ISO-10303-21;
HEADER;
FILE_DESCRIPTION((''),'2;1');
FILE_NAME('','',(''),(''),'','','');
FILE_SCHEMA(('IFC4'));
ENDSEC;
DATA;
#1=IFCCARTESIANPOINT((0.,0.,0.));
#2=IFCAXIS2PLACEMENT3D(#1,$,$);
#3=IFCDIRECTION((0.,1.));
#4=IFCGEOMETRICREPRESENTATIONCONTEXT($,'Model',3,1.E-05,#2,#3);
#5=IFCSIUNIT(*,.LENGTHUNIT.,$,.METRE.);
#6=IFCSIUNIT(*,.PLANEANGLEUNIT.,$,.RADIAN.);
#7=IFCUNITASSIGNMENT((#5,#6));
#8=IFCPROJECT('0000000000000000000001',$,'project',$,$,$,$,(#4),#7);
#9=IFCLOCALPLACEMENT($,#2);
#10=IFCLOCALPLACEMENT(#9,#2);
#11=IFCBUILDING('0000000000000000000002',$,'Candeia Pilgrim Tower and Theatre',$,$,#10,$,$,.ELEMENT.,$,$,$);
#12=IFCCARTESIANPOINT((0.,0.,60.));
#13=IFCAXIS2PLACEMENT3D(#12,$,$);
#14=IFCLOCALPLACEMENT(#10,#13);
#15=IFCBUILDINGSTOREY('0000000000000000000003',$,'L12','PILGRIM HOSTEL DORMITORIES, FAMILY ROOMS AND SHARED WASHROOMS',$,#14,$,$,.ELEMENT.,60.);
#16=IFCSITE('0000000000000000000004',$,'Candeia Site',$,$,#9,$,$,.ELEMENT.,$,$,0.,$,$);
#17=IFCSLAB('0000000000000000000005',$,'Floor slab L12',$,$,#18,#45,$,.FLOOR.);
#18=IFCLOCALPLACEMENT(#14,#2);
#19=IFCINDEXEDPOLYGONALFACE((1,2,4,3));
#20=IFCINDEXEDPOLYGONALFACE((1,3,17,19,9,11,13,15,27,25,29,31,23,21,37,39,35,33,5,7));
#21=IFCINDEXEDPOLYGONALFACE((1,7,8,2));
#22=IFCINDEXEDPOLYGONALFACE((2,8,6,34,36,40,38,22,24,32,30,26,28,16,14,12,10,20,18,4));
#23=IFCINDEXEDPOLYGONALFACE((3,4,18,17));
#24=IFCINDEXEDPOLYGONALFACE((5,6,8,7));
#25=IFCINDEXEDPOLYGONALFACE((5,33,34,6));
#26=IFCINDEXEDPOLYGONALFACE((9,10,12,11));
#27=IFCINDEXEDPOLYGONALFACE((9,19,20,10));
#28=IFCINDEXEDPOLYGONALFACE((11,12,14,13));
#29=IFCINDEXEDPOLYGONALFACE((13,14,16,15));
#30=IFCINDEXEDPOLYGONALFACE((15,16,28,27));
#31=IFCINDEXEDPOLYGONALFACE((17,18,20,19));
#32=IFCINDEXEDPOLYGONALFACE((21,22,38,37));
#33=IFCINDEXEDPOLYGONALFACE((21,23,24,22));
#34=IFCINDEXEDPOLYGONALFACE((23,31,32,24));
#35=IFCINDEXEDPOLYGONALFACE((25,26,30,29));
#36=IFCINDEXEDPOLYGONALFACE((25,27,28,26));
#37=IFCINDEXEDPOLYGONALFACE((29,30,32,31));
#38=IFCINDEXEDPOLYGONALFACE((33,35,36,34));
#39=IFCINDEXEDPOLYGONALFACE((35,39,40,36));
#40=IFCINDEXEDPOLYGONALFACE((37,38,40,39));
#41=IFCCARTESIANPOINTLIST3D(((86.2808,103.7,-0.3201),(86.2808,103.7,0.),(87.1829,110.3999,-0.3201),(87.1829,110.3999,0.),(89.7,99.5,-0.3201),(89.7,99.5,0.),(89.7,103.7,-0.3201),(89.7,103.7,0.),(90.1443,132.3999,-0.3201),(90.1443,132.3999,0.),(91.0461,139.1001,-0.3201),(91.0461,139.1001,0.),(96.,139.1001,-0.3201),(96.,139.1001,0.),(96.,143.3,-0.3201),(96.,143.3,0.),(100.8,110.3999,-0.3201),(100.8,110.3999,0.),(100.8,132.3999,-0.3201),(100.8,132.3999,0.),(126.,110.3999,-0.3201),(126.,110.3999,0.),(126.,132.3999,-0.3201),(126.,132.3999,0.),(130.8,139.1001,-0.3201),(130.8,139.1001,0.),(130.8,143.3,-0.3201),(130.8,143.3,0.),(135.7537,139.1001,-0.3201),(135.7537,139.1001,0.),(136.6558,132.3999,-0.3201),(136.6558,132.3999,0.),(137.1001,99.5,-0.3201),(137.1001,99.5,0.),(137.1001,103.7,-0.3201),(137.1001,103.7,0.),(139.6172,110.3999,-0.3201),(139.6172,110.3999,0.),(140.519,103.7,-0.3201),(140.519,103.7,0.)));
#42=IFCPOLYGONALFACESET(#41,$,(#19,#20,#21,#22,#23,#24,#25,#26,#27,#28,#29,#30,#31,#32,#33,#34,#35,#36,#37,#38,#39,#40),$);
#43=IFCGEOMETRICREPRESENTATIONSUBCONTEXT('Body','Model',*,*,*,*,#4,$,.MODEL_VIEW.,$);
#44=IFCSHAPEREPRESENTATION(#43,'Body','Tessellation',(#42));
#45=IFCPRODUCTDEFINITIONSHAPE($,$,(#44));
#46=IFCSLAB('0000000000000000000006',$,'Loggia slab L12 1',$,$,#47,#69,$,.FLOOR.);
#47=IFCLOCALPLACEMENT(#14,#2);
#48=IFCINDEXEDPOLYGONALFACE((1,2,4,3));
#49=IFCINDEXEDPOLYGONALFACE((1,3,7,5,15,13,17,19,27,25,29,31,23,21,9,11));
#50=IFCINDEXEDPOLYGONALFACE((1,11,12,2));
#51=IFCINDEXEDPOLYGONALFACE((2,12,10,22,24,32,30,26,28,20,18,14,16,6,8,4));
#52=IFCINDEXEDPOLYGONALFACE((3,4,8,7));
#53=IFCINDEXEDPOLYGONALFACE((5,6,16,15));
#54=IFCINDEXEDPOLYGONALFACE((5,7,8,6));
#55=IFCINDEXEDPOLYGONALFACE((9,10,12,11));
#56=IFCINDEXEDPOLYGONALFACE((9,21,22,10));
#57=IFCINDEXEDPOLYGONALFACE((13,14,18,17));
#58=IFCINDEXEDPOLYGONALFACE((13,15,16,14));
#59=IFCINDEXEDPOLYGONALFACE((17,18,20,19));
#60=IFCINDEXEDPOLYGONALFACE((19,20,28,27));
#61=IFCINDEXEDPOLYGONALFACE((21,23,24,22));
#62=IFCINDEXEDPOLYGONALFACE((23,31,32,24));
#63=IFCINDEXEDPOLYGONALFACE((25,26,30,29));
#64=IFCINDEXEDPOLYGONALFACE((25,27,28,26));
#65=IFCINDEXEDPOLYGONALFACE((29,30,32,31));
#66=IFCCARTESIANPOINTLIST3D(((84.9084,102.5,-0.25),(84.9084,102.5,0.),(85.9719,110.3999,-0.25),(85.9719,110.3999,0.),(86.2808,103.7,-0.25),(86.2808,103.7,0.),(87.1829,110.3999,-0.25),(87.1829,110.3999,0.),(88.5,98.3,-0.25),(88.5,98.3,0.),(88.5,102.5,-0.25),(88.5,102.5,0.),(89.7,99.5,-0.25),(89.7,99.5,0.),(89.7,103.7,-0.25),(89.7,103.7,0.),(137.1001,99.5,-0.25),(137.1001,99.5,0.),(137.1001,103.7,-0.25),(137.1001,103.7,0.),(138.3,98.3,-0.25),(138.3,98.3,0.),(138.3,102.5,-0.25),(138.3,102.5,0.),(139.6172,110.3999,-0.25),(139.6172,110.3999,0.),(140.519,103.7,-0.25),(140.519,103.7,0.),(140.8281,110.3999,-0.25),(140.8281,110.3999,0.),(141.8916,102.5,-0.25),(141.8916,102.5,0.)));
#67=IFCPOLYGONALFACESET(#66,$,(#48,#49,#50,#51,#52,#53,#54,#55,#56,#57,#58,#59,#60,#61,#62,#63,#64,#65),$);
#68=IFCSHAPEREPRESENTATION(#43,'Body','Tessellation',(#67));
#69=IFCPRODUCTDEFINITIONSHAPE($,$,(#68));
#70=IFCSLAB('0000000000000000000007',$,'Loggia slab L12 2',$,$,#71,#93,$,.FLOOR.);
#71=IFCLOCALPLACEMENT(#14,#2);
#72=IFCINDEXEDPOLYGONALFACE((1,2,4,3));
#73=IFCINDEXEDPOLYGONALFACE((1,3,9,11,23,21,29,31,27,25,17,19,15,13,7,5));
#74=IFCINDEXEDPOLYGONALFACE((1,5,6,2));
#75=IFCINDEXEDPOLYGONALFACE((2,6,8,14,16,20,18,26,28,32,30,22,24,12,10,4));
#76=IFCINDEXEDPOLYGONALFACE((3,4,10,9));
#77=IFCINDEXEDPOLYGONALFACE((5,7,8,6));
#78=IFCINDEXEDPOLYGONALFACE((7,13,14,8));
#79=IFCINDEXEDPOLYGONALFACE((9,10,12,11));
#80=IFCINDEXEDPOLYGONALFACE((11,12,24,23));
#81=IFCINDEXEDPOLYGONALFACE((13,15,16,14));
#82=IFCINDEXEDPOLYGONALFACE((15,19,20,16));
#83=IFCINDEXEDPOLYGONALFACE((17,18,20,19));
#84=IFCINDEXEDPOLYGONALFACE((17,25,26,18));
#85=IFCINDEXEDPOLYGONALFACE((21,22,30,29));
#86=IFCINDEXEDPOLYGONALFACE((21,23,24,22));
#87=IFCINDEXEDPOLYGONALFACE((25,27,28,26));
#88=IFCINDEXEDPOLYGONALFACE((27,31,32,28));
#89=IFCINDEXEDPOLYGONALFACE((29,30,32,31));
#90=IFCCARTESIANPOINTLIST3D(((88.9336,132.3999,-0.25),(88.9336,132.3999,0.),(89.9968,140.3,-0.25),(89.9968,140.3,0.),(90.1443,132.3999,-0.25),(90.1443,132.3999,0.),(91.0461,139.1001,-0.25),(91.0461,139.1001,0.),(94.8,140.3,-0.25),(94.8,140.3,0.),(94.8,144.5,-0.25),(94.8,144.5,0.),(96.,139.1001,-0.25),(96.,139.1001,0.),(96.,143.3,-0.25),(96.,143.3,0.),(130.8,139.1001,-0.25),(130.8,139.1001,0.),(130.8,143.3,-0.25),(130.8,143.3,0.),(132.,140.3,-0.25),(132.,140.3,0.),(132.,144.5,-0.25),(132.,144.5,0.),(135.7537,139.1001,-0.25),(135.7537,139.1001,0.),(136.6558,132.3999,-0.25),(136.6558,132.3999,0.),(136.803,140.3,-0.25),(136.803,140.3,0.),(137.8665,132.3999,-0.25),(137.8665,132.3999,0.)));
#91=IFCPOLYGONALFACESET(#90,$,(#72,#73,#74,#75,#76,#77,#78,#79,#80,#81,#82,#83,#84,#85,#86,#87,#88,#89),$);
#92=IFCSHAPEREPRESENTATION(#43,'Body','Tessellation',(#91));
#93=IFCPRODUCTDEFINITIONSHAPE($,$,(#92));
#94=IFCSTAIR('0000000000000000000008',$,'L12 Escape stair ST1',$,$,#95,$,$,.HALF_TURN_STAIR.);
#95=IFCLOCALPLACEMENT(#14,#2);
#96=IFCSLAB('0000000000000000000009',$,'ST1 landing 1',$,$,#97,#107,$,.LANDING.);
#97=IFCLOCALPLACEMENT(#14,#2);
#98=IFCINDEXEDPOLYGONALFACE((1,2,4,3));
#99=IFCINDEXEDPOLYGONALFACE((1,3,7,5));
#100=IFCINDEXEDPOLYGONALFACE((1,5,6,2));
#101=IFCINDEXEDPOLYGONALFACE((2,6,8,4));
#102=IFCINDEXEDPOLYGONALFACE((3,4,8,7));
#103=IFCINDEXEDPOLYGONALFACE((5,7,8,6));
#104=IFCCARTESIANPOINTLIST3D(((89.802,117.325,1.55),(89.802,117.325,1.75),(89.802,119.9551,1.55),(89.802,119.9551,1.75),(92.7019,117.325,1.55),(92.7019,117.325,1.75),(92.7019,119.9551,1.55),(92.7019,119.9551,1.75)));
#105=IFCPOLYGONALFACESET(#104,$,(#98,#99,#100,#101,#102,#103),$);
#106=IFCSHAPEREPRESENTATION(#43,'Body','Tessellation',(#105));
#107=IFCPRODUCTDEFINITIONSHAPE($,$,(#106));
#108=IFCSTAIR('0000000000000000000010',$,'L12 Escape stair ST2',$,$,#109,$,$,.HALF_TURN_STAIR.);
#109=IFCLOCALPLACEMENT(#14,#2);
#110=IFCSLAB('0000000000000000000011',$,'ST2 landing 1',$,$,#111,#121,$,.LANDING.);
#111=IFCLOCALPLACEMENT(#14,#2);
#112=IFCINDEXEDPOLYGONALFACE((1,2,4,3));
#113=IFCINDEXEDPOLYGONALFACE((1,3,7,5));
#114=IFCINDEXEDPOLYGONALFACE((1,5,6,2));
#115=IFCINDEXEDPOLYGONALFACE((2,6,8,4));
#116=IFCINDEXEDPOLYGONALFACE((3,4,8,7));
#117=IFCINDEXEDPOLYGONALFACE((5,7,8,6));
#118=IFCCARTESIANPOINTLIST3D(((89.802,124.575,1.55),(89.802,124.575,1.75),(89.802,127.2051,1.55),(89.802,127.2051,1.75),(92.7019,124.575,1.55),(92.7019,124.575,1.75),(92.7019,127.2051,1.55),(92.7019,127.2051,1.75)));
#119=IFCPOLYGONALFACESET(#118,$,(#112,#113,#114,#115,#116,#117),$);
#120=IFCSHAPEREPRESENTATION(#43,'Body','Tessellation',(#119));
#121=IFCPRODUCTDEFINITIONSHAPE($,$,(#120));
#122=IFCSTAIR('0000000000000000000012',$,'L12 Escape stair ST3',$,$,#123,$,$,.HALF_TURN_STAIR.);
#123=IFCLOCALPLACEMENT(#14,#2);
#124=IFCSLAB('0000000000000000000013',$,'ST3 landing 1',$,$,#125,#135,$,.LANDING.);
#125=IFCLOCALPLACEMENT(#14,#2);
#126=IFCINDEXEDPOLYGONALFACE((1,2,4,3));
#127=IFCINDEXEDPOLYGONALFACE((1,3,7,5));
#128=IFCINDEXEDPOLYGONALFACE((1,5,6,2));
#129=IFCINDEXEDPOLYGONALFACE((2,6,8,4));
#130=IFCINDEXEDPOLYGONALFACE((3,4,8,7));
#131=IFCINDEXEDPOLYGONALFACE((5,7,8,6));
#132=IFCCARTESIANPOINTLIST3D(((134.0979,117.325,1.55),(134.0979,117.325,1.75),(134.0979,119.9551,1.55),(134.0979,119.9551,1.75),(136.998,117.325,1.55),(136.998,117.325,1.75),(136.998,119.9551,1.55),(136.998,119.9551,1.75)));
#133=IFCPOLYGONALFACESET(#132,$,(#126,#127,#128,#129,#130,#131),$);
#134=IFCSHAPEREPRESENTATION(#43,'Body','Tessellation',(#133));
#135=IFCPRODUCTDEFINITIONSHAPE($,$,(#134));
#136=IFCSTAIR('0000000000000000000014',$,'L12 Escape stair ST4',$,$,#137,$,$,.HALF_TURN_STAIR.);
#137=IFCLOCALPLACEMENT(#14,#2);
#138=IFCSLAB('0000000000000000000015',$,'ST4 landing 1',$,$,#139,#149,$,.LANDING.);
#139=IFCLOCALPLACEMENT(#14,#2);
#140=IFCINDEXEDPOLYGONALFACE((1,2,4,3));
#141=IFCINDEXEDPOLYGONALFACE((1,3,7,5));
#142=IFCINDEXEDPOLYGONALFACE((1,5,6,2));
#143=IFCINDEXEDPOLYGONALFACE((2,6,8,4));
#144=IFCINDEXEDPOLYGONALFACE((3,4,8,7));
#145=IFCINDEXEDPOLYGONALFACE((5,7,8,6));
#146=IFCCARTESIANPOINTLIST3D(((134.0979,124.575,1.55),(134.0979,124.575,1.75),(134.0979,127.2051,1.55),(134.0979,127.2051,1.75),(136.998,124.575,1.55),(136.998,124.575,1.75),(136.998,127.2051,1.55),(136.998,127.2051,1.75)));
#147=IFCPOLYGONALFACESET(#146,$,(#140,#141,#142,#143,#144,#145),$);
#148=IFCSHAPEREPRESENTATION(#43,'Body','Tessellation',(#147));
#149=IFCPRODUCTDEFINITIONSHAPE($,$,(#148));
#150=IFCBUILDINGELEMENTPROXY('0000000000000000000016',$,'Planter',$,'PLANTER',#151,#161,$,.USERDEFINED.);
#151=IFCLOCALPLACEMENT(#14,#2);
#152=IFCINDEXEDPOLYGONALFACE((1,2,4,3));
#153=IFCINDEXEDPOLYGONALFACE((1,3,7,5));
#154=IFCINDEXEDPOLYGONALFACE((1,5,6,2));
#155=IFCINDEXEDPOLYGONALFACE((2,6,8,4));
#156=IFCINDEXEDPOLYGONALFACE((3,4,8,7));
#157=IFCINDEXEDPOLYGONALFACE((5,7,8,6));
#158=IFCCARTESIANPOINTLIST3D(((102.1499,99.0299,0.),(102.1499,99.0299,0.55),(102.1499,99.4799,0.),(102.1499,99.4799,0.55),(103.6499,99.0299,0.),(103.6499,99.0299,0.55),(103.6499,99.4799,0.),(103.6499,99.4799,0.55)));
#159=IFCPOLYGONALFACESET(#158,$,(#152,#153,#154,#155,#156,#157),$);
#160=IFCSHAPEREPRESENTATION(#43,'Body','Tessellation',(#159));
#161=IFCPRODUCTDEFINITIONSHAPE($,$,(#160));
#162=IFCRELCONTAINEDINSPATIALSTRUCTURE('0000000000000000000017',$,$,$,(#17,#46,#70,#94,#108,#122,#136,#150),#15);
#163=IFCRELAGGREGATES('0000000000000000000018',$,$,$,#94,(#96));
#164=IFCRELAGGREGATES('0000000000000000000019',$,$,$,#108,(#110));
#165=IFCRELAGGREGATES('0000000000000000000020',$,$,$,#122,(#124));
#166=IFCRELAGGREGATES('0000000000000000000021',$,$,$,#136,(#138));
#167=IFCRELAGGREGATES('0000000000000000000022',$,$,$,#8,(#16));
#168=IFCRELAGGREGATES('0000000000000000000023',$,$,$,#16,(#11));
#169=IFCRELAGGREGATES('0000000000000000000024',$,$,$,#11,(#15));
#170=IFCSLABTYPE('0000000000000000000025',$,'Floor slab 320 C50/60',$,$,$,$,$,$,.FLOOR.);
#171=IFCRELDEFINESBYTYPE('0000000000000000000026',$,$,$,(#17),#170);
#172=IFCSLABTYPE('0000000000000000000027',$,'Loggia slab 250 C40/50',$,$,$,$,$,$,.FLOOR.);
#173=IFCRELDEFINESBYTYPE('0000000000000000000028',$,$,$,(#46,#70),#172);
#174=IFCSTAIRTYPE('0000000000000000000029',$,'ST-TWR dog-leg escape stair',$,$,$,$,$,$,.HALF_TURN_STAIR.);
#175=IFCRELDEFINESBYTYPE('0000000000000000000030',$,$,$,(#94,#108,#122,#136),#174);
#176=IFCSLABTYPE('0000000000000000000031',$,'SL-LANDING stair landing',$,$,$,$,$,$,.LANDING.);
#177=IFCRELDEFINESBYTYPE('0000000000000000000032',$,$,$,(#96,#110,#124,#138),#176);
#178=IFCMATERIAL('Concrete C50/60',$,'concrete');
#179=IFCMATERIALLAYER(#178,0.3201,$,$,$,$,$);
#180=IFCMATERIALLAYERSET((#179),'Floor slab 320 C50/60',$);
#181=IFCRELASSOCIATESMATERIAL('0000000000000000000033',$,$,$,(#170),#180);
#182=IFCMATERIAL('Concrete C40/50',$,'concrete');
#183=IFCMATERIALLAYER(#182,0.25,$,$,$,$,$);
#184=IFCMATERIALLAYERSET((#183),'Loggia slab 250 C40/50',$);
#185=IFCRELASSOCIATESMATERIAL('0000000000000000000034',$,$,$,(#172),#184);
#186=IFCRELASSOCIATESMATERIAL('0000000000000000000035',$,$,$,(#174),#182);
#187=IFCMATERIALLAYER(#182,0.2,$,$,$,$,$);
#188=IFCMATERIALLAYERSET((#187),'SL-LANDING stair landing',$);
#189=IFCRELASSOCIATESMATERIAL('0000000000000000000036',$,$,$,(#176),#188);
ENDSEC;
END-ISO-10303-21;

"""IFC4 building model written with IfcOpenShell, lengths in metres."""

from ifc_helpers import new_model, si_unit, direction, frame, origin, origin_2d, place, context, subcontext, project, spatial, polyline, rectangle, outline, extrude, material, layer, layer_set, type_object, element, aggregate, save


model = new_model("IFC4")

# Units and contexts
model_context = context("Model", 3, precision=1e-05, world=origin(), true_north=direction((0.0, 1.0)))
body_context = subcontext(model_context, "Body", "Model", "MODEL_VIEW")
ifc_project = project(units=[si_unit("LENGTHUNIT", "METRE"), si_unit("PLANEANGLEUNIT", "RADIAN")], contexts=[model_context])

# Site, building, storey
site_placement = place(None, origin())
site = spatial("IfcSite", under=ifc_project, at=site_placement, Name="Candeia Site", CompositionType="ELEMENT", RefElevation=0.0)
building_placement = place(site_placement, origin())
building = spatial("IfcBuilding", under=site, at=building_placement, Name="Candeia Pilgrim Tower and Theatre", CompositionType="ELEMENT")
storey_placement = place(building_placement, frame((0.0, 0.0, 60.0)))
storey = spatial("IfcBuildingStorey", under=building, at=storey_placement, Name="L12", Description="PILGRIM HOSTEL DORMITORIES, FAMILY ROOMS AND SHARED WASHROOMS", CompositionType="ELEMENT", Elevation=60.0)

# Slabs
ifc_material_1 = material(Name="Concrete C40/50", Category="concrete")
ifc_material_2 = material(Name="Concrete C50/60", Category="concrete")
ifc_layer_1 = layer(ifc_material_2, 0.3201)
ifc_layer_set_1 = layer_set([ifc_layer_1], Name="Floor slab 320 C50/60")
slab_type_1 = type_object("IfcSlabType", Name="Floor slab 320 C50/60", PredefinedType="FLOOR", material=ifc_layer_set_1)
slab_1_placement = place(storey_placement, frame((0.0, 0.0, -0.3201)))
element("IfcSlab", 1, at=slab_1_placement, inside=storey, type_object=slab_type_1, Name="Floor slab L12", PredefinedType="FLOOR", context=body_context, shape_type="SweptSolid", body=[
    extrude(outline(polyline([(96.0, 139.1001), (96.0, 143.3), (130.8, 143.3), (130.8, 139.1001), (135.7537, 139.1001), (136.6558, 132.3999), (126.0, 132.3999), (126.0, 110.3999), (139.6172, 110.3999), (140.519, 103.7), (137.1001, 103.7), (137.1001, 99.5), (89.7, 99.5), (89.7, 103.7), (86.2808, 103.7), (87.1829, 110.3999), (100.8, 110.3999), (100.8, 132.3999), (90.1443, 132.3999), (91.0461, 139.1001), (96.0, 139.1001)])), origin(), (0.0, 0.0, 1.0), 0.3201),
])
ifc_layer_2 = layer(ifc_material_1, 0.25)
ifc_layer_set_2 = layer_set([ifc_layer_2], Name="Loggia slab 250 C40/50")
slab_type_2 = type_object("IfcSlabType", Name="Loggia slab 250 C40/50", PredefinedType="FLOOR", material=ifc_layer_set_2)
slab_2_placement = place(storey_placement, frame((0.0, 0.0, -0.25)))
element("IfcSlab", 2, at=slab_2_placement, inside=storey, type_object=slab_type_2, Name="Loggia slab L12 1", PredefinedType="FLOOR", context=body_context, shape_type="SweptSolid", body=[
    extrude(outline(polyline([(87.1829, 110.3999), (86.2808, 103.7), (89.7, 103.7), (89.7, 99.5), (137.1001, 99.5), (137.1001, 103.7), (140.519, 103.7), (139.6172, 110.3999), (140.8281, 110.3999), (141.8916, 102.5), (138.3, 102.5), (138.3, 98.3), (88.5, 98.3), (88.5, 102.5), (84.9084, 102.5), (85.9719, 110.3999), (87.1829, 110.3999)])), origin(), (0.0, 0.0, 1.0), 0.25),
])
slab_3_placement = place(storey_placement, frame((0.0, 0.0, -0.25)))
element("IfcSlab", 3, at=slab_3_placement, inside=storey, type_object=slab_type_2, Name="Loggia slab L12 2", PredefinedType="FLOOR", context=body_context, shape_type="SweptSolid", body=[
    extrude(outline(polyline([(136.6558, 132.3999), (135.7537, 139.1001), (130.8, 139.1001), (130.8, 143.3), (96.0, 143.3), (96.0, 139.1001), (91.0461, 139.1001), (90.1443, 132.3999), (88.9336, 132.3999), (89.9968, 140.3), (94.8, 140.3), (94.8, 144.5), (132.0, 144.5), (132.0, 140.3), (136.803, 140.3), (137.8665, 132.3999), (136.6558, 132.3999)])), origin(), (0.0, 0.0, 1.0), 0.25),
])

# Stairs, slabs
stair_type = type_object("IfcStairType", Name="ST-TWR dog-leg escape stair", PredefinedType="HALF_TURN_STAIR", material=ifc_material_1)
stair_1_placement = place(storey_placement, origin())
stair_1 = element("IfcStair", 4, at=stair_1_placement, inside=storey, type_object=stair_type, Name="L12 Escape stair ST1", PredefinedType="HALF_TURN_STAIR")
ifc_layer_3 = layer(ifc_material_1, 0.2)
ifc_layer_set_3 = layer_set([ifc_layer_3], Name="SL-LANDING stair landing")
slab_type_3 = type_object("IfcSlabType", Name="SL-LANDING stair landing", PredefinedType="LANDING", material=ifc_layer_set_3)
slab_4_placement = place(storey_placement, frame((0.0, 0.0, 1.55)))
slab_4 = element("IfcSlab", 5, at=slab_4_placement, type_object=slab_type_3, Name="ST1 landing 1", PredefinedType="LANDING", context=body_context, shape_type="SweptSolid", body=[
    extrude(outline(polyline([(89.802, 119.9551), (89.802, 117.325), (92.7019, 117.325), (92.7019, 119.9551), (89.802, 119.9551)])), origin(), (0.0, 0.0, 1.0), 0.2),
])
aggregate(stair_1, [slab_4])
stair_2_placement = place(storey_placement, origin())
stair_2 = element("IfcStair", 6, at=stair_2_placement, inside=storey, type_object=stair_type, Name="L12 Escape stair ST2", PredefinedType="HALF_TURN_STAIR")
slab_5_placement = place(storey_placement, frame((0.0, 0.0, 1.55)))
slab_5 = element("IfcSlab", 7, at=slab_5_placement, type_object=slab_type_3, Name="ST2 landing 1", PredefinedType="LANDING", context=body_context, shape_type="SweptSolid", body=[
    extrude(outline(polyline([(89.802, 127.2051), (89.802, 124.575), (92.7019, 124.575), (92.7019, 127.2051), (89.802, 127.2051)])), origin(), (0.0, 0.0, 1.0), 0.2),
])
aggregate(stair_2, [slab_5])
stair_3_placement = place(storey_placement, origin())
stair_3 = element("IfcStair", 8, at=stair_3_placement, inside=storey, type_object=stair_type, Name="L12 Escape stair ST3", PredefinedType="HALF_TURN_STAIR")
slab_6_placement = place(storey_placement, frame((0.0, 0.0, 1.55)))
slab_6 = element("IfcSlab", 9, at=slab_6_placement, type_object=slab_type_3, Name="ST3 landing 1", PredefinedType="LANDING", context=body_context, shape_type="SweptSolid", body=[
    extrude(outline(polyline([(134.0979, 119.9551), (134.0979, 117.325), (136.998, 117.325), (136.998, 119.9551), (134.0979, 119.9551)])), origin(), (0.0, 0.0, 1.0), 0.2),
])
aggregate(stair_3, [slab_6])
stair_4_placement = place(storey_placement, origin())
stair_4 = element("IfcStair", 10, at=stair_4_placement, inside=storey, type_object=stair_type, Name="L12 Escape stair ST4", PredefinedType="HALF_TURN_STAIR")
slab_7_placement = place(storey_placement, frame((0.0, 0.0, 1.55)))
slab_7 = element("IfcSlab", 11, at=slab_7_placement, type_object=slab_type_3, Name="ST4 landing 1", PredefinedType="LANDING", context=body_context, shape_type="SweptSolid", body=[
    extrude(outline(polyline([(134.0979, 127.2051), (134.0979, 124.575), (136.998, 124.575), (136.998, 127.2051), (134.0979, 127.2051)])), origin(), (0.0, 0.0, 1.0), 0.2),
])
aggregate(stair_4, [slab_7])

# Building element proxy
proxy_placement = place(storey_placement, frame((102.8999, 99.2549, 0.0), z_axis=(0.0, 0.0, 1.0), x_axis=(1.0, 0.0, 0.0)))
element("IfcBuildingElementProxy", 12, at=proxy_placement, inside=storey, Name="Planter", ObjectType="PLANTER", PredefinedType="USERDEFINED", context=body_context, shape_type="SweptSolid", body=[
    extrude(rectangle(XDim=1.5, YDim=0.45, at=origin_2d()), origin(), (0.0, 0.0, 1.0), 0.55),
])

save(model, "model.ifc")
